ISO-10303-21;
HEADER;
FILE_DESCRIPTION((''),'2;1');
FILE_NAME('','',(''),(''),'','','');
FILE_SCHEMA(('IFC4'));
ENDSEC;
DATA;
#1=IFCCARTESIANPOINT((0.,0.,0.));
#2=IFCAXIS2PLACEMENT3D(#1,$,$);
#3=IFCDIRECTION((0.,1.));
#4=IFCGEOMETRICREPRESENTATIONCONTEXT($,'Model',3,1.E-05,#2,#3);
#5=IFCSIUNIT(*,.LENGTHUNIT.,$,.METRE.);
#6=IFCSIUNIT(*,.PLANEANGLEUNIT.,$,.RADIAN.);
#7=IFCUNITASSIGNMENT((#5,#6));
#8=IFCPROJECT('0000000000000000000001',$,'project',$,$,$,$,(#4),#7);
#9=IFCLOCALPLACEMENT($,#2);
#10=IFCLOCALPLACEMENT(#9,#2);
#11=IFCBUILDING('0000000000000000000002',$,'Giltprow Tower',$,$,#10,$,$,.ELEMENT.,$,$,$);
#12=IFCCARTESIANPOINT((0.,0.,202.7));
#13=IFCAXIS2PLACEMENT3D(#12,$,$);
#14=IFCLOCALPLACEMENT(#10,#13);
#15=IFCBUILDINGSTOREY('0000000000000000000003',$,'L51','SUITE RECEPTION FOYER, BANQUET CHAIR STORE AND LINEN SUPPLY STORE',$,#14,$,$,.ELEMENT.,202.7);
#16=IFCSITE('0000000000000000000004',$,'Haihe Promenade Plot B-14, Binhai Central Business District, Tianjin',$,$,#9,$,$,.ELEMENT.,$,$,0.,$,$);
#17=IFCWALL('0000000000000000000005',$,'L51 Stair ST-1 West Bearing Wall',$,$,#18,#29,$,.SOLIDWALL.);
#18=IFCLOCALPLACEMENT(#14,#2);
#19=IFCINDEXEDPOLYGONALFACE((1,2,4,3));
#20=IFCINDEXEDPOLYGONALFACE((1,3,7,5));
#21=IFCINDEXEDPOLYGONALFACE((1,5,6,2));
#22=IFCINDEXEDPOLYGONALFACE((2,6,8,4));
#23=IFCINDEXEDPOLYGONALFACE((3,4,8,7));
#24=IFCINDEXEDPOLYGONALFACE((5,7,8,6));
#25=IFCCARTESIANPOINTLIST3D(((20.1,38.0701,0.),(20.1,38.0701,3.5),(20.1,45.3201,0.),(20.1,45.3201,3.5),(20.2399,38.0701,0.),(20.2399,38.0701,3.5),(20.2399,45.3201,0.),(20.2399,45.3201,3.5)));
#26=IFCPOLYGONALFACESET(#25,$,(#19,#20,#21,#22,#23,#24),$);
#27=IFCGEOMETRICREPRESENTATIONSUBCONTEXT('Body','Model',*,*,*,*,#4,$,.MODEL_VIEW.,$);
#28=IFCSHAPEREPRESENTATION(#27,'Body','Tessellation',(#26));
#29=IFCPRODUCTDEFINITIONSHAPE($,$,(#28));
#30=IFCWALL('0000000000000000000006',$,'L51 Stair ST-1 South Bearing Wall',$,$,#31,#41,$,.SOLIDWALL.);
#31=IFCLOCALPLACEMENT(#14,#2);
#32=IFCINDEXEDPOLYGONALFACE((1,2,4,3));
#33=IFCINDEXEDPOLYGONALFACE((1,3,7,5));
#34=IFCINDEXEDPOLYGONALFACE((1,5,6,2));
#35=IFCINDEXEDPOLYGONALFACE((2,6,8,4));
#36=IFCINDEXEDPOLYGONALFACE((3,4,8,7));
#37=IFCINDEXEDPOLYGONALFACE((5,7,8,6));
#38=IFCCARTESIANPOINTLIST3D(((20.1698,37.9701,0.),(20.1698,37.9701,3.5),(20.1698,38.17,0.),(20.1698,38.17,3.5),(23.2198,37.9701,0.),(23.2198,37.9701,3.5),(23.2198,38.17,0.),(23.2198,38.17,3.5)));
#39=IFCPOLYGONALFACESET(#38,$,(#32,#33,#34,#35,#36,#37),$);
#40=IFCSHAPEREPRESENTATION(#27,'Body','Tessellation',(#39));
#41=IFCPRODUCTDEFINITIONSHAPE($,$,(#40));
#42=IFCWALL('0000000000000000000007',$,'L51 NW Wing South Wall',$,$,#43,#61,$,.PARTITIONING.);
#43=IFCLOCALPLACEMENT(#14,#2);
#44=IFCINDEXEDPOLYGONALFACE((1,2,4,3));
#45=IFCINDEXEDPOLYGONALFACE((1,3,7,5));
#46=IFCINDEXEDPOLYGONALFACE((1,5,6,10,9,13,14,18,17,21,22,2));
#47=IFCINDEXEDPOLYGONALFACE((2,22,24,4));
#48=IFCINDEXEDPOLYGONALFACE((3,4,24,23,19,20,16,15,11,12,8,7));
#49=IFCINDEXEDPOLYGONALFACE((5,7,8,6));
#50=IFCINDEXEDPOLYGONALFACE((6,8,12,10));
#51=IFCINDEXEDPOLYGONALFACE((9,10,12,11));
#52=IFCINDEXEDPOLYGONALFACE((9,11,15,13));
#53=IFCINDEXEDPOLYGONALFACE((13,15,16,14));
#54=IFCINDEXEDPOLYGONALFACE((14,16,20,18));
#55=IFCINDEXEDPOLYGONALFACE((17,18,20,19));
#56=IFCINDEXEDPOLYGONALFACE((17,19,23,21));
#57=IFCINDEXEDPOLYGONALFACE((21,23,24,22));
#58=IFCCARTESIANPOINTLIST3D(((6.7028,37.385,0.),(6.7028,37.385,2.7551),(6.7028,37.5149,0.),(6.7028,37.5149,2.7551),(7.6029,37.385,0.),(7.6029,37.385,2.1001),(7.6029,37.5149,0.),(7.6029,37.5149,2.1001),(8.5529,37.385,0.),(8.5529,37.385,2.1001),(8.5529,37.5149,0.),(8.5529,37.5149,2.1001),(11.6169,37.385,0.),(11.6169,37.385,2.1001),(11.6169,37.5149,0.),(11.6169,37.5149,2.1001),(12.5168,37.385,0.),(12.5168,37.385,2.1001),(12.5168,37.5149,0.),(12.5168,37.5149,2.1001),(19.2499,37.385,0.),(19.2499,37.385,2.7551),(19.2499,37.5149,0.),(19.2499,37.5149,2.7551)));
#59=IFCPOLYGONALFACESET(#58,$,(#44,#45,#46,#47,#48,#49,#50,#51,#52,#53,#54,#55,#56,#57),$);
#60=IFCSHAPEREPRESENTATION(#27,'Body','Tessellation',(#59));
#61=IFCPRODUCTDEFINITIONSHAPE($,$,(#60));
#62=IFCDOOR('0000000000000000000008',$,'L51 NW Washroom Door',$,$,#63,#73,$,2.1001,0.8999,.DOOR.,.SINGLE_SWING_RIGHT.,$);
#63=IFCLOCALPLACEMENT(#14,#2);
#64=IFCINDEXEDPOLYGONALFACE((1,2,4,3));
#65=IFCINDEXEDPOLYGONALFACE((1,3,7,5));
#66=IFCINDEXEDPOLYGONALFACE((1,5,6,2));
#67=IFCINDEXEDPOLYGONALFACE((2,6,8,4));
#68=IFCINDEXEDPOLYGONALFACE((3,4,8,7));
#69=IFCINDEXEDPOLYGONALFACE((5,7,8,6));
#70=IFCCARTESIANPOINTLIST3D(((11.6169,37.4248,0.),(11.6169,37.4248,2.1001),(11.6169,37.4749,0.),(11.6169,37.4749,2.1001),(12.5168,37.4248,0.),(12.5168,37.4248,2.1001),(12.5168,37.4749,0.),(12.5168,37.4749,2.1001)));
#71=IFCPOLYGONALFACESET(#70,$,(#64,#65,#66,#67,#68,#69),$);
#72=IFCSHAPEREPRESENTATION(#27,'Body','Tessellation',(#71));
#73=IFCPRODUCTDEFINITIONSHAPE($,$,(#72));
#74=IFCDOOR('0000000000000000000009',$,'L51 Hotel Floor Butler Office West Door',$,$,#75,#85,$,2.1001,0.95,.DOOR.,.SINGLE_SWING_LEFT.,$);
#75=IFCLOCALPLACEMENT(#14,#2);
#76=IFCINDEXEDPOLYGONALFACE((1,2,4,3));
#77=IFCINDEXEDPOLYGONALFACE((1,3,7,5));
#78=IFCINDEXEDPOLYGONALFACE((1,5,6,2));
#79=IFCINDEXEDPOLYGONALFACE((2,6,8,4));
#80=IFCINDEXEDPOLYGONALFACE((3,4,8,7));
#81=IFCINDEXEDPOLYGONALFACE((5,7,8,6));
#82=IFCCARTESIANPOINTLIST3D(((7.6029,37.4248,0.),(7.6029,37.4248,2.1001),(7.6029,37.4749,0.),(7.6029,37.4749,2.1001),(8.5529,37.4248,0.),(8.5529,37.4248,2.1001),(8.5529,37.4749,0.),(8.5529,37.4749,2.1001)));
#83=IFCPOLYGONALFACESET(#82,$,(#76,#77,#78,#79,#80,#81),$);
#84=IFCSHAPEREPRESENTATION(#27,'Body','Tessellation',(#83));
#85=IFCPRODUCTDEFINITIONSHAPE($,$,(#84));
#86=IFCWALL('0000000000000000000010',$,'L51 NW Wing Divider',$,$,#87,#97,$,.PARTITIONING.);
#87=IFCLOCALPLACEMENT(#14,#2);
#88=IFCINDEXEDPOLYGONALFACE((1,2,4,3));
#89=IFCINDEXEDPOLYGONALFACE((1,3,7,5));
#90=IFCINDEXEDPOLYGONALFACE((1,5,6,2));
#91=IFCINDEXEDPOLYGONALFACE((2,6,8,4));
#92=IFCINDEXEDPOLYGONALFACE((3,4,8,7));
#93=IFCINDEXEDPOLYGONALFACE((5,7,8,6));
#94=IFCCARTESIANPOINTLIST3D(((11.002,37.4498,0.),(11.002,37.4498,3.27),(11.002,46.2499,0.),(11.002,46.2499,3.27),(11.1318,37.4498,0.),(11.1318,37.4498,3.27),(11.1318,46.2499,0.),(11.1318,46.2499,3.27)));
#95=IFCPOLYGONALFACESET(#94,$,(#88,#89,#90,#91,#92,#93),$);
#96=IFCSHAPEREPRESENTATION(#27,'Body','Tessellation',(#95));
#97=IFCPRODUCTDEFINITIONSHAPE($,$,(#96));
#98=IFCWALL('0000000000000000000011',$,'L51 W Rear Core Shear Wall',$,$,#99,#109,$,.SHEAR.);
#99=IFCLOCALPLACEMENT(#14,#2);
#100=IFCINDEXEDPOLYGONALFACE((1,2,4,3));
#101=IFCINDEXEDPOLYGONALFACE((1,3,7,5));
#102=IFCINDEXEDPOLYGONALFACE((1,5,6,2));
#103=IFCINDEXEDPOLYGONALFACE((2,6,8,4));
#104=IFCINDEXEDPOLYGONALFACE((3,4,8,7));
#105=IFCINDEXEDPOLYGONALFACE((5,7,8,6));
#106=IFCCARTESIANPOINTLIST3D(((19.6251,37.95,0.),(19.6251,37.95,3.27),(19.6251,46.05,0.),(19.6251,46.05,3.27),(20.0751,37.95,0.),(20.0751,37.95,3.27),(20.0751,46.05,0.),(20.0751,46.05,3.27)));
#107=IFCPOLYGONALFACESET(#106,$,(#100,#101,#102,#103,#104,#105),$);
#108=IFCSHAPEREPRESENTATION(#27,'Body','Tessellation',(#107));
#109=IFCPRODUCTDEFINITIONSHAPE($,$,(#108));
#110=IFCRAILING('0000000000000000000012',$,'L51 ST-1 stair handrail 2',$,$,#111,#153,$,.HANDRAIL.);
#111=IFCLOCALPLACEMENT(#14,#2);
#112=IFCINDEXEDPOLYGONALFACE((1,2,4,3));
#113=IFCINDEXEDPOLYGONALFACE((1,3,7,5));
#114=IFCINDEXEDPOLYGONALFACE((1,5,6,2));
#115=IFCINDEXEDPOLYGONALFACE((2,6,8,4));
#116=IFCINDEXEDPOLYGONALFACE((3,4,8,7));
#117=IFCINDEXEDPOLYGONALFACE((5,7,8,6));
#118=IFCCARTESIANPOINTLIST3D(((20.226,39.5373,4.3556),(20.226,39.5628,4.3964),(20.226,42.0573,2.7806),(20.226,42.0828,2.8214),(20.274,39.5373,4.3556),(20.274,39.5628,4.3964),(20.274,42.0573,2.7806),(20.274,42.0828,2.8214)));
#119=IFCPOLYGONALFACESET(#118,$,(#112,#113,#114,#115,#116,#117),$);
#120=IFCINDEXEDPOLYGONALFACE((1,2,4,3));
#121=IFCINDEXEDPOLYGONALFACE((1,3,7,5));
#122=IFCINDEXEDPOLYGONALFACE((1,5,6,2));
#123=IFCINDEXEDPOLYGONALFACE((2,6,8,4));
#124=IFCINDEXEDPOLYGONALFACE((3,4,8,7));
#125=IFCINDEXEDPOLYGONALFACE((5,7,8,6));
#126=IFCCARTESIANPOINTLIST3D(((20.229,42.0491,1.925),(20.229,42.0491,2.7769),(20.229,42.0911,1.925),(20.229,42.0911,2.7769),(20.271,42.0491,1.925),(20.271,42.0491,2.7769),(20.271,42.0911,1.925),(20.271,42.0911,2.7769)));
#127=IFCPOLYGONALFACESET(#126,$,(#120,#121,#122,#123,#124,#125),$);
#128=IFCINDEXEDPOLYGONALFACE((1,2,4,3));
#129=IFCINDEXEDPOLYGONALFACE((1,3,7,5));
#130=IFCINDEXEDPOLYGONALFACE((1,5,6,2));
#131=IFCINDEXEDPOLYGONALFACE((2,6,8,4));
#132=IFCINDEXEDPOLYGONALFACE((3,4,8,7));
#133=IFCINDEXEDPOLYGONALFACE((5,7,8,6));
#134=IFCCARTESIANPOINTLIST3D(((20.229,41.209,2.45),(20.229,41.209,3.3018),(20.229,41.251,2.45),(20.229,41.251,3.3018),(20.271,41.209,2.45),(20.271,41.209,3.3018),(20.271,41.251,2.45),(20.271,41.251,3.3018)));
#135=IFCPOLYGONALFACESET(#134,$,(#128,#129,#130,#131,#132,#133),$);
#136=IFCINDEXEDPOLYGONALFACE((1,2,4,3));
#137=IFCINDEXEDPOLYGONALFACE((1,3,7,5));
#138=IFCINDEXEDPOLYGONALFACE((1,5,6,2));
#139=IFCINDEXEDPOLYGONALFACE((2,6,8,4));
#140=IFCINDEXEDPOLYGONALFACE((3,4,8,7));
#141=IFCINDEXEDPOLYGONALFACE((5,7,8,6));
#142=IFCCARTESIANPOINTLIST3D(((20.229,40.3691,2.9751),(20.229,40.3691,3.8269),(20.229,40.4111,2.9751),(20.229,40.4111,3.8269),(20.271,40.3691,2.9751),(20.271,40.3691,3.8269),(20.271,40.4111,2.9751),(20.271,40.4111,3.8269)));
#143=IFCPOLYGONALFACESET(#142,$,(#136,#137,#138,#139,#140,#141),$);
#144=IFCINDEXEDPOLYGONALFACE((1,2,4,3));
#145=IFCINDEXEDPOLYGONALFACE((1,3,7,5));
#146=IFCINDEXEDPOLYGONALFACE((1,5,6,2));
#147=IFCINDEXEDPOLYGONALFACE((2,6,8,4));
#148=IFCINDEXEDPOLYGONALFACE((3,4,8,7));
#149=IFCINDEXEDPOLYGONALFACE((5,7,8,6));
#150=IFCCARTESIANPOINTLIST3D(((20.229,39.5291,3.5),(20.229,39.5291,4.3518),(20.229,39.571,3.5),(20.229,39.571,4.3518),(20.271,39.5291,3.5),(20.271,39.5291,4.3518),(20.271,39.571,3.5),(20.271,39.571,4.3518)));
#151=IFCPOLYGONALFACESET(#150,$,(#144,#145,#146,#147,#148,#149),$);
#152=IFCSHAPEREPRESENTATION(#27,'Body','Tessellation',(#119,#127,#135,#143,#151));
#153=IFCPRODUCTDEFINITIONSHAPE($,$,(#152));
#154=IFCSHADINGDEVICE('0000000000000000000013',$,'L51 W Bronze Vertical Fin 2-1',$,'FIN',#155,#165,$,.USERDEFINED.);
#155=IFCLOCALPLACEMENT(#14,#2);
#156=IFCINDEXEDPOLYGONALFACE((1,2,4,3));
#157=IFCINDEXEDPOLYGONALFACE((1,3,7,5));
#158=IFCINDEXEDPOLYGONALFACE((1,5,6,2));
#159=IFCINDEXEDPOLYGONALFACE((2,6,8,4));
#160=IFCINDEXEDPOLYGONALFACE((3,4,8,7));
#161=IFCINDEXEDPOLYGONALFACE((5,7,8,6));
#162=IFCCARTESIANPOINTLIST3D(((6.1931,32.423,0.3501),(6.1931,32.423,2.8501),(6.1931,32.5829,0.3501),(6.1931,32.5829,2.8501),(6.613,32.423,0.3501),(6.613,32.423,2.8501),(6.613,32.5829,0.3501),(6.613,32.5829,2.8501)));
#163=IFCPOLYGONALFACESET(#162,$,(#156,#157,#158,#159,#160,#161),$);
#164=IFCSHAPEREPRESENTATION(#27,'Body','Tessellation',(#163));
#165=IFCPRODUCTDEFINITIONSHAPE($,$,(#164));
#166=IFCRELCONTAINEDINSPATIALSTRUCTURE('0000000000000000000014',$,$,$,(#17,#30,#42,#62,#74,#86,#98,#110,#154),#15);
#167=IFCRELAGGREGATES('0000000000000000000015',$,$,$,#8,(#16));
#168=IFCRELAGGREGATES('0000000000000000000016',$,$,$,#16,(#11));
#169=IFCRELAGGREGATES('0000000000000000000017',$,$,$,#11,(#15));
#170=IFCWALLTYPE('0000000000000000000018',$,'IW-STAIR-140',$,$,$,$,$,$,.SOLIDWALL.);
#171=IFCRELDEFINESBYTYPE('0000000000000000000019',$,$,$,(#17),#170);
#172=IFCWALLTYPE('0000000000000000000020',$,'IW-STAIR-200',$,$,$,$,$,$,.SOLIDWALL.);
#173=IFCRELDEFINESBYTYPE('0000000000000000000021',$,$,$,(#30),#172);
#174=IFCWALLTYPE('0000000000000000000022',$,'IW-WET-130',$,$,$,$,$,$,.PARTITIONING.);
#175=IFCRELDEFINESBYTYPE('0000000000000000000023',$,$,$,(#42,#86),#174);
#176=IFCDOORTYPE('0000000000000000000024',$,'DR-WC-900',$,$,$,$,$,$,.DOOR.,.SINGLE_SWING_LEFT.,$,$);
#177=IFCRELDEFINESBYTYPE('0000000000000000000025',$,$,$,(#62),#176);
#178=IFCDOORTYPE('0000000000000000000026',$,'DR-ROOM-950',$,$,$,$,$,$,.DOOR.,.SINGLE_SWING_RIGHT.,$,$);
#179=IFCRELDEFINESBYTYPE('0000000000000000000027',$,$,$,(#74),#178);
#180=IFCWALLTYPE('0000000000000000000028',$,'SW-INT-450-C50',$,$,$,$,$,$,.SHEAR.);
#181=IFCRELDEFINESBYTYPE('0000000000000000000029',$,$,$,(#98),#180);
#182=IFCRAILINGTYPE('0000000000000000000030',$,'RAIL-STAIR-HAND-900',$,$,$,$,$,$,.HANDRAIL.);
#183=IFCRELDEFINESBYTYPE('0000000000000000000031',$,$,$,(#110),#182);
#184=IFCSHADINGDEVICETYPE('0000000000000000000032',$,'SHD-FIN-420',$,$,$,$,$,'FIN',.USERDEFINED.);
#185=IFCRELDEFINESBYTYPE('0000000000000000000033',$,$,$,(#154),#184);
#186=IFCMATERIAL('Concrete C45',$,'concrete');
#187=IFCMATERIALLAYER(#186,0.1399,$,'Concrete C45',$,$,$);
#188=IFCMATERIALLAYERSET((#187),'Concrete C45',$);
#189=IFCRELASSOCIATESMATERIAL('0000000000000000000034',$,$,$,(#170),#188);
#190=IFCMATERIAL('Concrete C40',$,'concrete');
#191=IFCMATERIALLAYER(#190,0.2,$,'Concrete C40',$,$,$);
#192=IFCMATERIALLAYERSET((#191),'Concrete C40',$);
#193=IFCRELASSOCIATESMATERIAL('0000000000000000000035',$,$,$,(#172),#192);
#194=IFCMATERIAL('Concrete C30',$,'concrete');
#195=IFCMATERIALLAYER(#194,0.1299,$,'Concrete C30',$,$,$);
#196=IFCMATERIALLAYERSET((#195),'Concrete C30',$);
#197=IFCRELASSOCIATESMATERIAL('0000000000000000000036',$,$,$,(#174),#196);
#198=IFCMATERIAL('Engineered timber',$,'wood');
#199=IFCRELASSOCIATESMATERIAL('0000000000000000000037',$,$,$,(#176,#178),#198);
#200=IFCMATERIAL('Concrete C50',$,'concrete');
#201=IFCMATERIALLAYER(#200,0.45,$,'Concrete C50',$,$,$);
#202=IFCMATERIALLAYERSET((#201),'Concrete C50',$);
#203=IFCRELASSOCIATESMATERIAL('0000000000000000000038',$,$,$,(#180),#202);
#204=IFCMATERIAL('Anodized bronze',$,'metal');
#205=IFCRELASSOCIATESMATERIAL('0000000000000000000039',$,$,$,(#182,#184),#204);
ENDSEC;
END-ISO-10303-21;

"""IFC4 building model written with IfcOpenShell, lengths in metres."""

from ifc_helpers import new_model, si_unit, direction, frame, frame_2d, origin, origin_2d, place, context, subcontext, project, spatial, rectangle, extrude, source, transform, mapped, material, layer, layer_set, type_object, element, fill, save


model = new_model("IFC4")

# Units and contexts
model_context = context("Model", 3, precision=1e-05, world=origin(), true_north=direction((0.0, 1.0)))
body_context = subcontext(model_context, "Body", "Model", "MODEL_VIEW")
ifc_project = project(units=[si_unit("LENGTHUNIT", "METRE"), si_unit("PLANEANGLEUNIT", "RADIAN")], contexts=[model_context])

# Site, building, storey
site_placement = place(None, origin())
site = spatial("IfcSite", under=ifc_project, at=site_placement, Name="Haihe Promenade Plot B-14, Binhai Central Business District, Tianjin", CompositionType="ELEMENT", RefElevation=0.0)
building_placement = place(site_placement, origin())
building = spatial("IfcBuilding", under=site, at=building_placement, Name="Giltprow Tower", CompositionType="ELEMENT")
storey_placement = place(building_placement, frame((0.0, 0.0, 202.7)))
storey = spatial("IfcBuildingStorey", under=building, at=storey_placement, Name="L51", Description="SUITE RECEPTION FOYER, BANQUET CHAIR STORE AND LINEN SUPPLY STORE", CompositionType="ELEMENT", Elevation=202.7)

# Shared definitions
ifc_material_1 = material(Name="Concrete C50", Category="concrete")

# Shared definitions
ifc_material_2 = material(Name="Engineered timber", Category="wood")

# Walls
ifc_material_3 = material(Name="Concrete C45", Category="concrete")
ifc_layer_1 = layer(ifc_material_3, 0.1399, Name="Concrete C45")
ifc_layer_set_1 = layer_set([ifc_layer_1], Name="Concrete C45")
wall_type_1 = type_object("IfcWallType", Name="IW-STAIR-140", PredefinedType="SOLIDWALL", material=ifc_layer_set_1)
wall_1_placement = place(storey_placement, frame((20.1699, 38.0701, 0.0), z_axis=(0.0, 0.0, 1.0), x_axis=(0.0, 1.0, 0.0)))
element("IfcWall", 1, at=wall_1_placement, inside=storey, type_object=wall_type_1, Name="L51 Stair ST-1 West Bearing Wall", PredefinedType="SOLIDWALL", context=body_context, shape_type="SweptSolid", body=[
    extrude(rectangle(XDim=7.25, YDim=0.1399, at=frame_2d((3.625, 0.0))), origin(), (0.0, 0.0, 1.0), 3.5),
])
ifc_material_4 = material(Name="Concrete C40", Category="concrete")
ifc_layer_2 = layer(ifc_material_4, 0.2, Name="Concrete C40")
ifc_layer_set_2 = layer_set([ifc_layer_2], Name="Concrete C40")
wall_type_2 = type_object("IfcWallType", Name="IW-STAIR-200", PredefinedType="SOLIDWALL", material=ifc_layer_set_2)
wall_2_placement = place(storey_placement, frame((20.1699, 38.0701, 0.0), z_axis=(0.0, 0.0, 1.0), x_axis=(1.0, 0.0, 0.0)))
element("IfcWall", 2, at=wall_2_placement, inside=storey, type_object=wall_type_2, Name="L51 Stair ST-1 South Bearing Wall", PredefinedType="SOLIDWALL", context=body_context, shape_type="SweptSolid", body=[
    extrude(rectangle(XDim=3.05, YDim=0.2, at=frame_2d((1.5249, 0.0))), origin(), (0.0, 0.0, 1.0), 3.5),
])

# Wall, openings, doors
ifc_material_5 = material(Name="Concrete C30", Category="concrete")
ifc_layer_3 = layer(ifc_material_5, 0.1299, Name="Concrete C30")
ifc_layer_set_3 = layer_set([ifc_layer_3], Name="Concrete C30")
wall_type_3 = type_object("IfcWallType", Name="IW-WET-130", PredefinedType="PARTITIONING", material=ifc_layer_set_3)
wall_3_placement = place(storey_placement, frame((6.7029, 37.45, 0.0), z_axis=(0.0, 0.0, 1.0), x_axis=(1.0, 0.0, 0.0)))
wall_3 = element("IfcWall", 3, at=wall_3_placement, inside=storey, type_object=wall_type_3, Name="L51 NW Wing South Wall", PredefinedType="PARTITIONING", context=body_context, shape_type="SweptSolid", body=[
    extrude(rectangle(XDim=12.5471, YDim=0.1299, at=frame_2d((6.2734, 0.0))), origin(), (0.0, 0.0, 1.0), 2.7551),
])
opening_1_placement = place(wall_3_placement, frame((0.8999, 0.0, 0.0)))
opening_1 = element("IfcOpeningElement", 4, at=opening_1_placement, cuts=wall_3, PredefinedType="OPENING", context=body_context, shape_type="SweptSolid", body=[
    extrude(rectangle(XDim=0.95, YDim=2.1001, at=frame_2d((0.4751, 1.05))), frame((0.0, 0.075, 0.0), z_axis=(0.0, -1.0, 0.0), x_axis=(1.0, 0.0, 0.0)), (0.0, 0.0, 1.0), 0.1499),
])
opening_2_placement = place(wall_3_placement, frame((4.9141, 0.0, 0.0)))
opening_2 = element("IfcOpeningElement", 5, at=opening_2_placement, cuts=wall_3, PredefinedType="OPENING", context=body_context, shape_type="SweptSolid", body=[
    extrude(rectangle(XDim=0.8999, YDim=2.1001, at=frame_2d((0.45, 1.05))), frame((0.0, 0.075, 0.0), z_axis=(0.0, -1.0, 0.0), x_axis=(1.0, 0.0, 0.0)), (0.0, 0.0, 1.0), 0.1499),
])
door_type_1 = type_object("IfcDoorType", Name="DR-WC-900", OperationType="SINGLE_SWING_LEFT", PredefinedType="DOOR", material=ifc_material_2)
shared_shape_1 = source(origin(), body_context, "Body", "SweptSolid", [
    extrude(rectangle(XDim=0.8999, YDim=2.1001, at=frame_2d((0.45, 1.05))), frame((0.0, 0.0249, 0.0), z_axis=(0.0, -1.0, 0.0), x_axis=(1.0, 0.0, 0.0)), (0.0, 0.0, 1.0), 0.05),
])
door_1_placement = place(opening_2_placement, origin())
door_1 = element("IfcDoor", 6, at=door_1_placement, inside=storey, type_object=door_type_1, Name="L51 NW Washroom Door", OperationType="SINGLE_SWING_RIGHT", OverallHeight=2.1001, OverallWidth=0.8999, PredefinedType="DOOR", context=body_context, shape_type="MappedRepresentation", body=[
    mapped(shared_shape_1, transform((0.0, 0.0, 0.0), x_axis=(1.0, 0.0, 0.0), y_axis=(0.0, 1.0, 0.0), z_axis=(0.0, 0.0, 1.0), scale=1.0)),
])
fill(opening_2, door_1)
door_type_2 = type_object("IfcDoorType", Name="DR-ROOM-950", OperationType="SINGLE_SWING_RIGHT", PredefinedType="DOOR", material=ifc_material_2)
shared_shape_2 = source(origin(), body_context, "Body", "SweptSolid", [
    extrude(rectangle(XDim=0.95, YDim=2.1001, at=frame_2d((0.4751, 1.05))), frame((0.0, 0.0249, 0.0), z_axis=(0.0, -1.0, 0.0), x_axis=(1.0, 0.0, 0.0)), (0.0, 0.0, 1.0), 0.05),
])
door_2_placement = place(opening_1_placement, origin())
door_2 = element("IfcDoor", 7, at=door_2_placement, inside=storey, type_object=door_type_2, Name="L51 Hotel Floor Butler Office West Door", OperationType="SINGLE_SWING_LEFT", OverallHeight=2.1001, OverallWidth=0.95, PredefinedType="DOOR", context=body_context, shape_type="MappedRepresentation", body=[
    mapped(shared_shape_2, transform((0.0, 0.0, 0.0), x_axis=(1.0, 0.0, 0.0), y_axis=(0.0, 1.0, 0.0), z_axis=(0.0, 0.0, 1.0), scale=1.0)),
])
fill(opening_1, door_2)

# Walls
wall_4_placement = place(storey_placement, frame((11.0669, 37.45, 0.0), z_axis=(0.0, 0.0, 1.0), x_axis=(0.0, 1.0, 0.0)))
element("IfcWall", 8, at=wall_4_placement, inside=storey, type_object=wall_type_3, Name="L51 NW Wing Divider", PredefinedType="PARTITIONING", context=body_context, shape_type="SweptSolid", body=[
    extrude(rectangle(XDim=8.8, YDim=0.1299, at=frame_2d((4.3999, 0.0))), origin(), (0.0, 0.0, 1.0), 3.27),
])
ifc_layer_4 = layer(ifc_material_1, 0.45, Name="Concrete C50")
ifc_layer_set_4 = layer_set([ifc_layer_4], Name="Concrete C50")
wall_type_4 = type_object("IfcWallType", Name="SW-INT-450-C50", PredefinedType="SHEAR", material=ifc_layer_set_4)
wall_5_placement = place(storey_placement, frame((19.8501, 37.95, 0.0), z_axis=(0.0, 0.0, 1.0), x_axis=(0.0, 1.0, 0.0)))
element("IfcWall", 9, at=wall_5_placement, inside=storey, type_object=wall_type_4, Name="L51 W Rear Core Shear Wall", PredefinedType="SHEAR", context=body_context, shape_type="SweptSolid", body=[
    extrude(rectangle(XDim=8.1001, YDim=0.45, at=frame_2d((4.05, 0.0))), origin(), (0.0, 0.0, 1.0), 3.27),
])

# Railing
ifc_material_6 = material(Name="Anodized bronze", Category="metal")
railing_type = type_object("IfcRailingType", Name="RAIL-STAIR-HAND-900", PredefinedType="HANDRAIL", material=ifc_material_6)
railing_placement = place(storey_placement, frame((20.25, 42.0701, 1.925)))
element("IfcRailing", 10, at=railing_placement, inside=storey, type_object=railing_type, Name="L51 ST-1 stair handrail 2", PredefinedType="HANDRAIL", context=body_context, shape_type="SweptSolid", body=[
    extrude(rectangle(XDim=0.0481, YDim=0.0481, at=origin_2d()), frame((0.0, 0.0, 0.876), z_axis=(0.0, -0.848008, 0.529984), x_axis=(1.0, 0.0, 0.0)), (0.0, 0.0, 1.0), 2.9717),
    extrude(rectangle(XDim=0.042, YDim=0.042, at=origin_2d()), origin(), (0.0, 0.0, 1.0), 0.8518),
    extrude(rectangle(XDim=0.042, YDim=0.042, at=origin_2d()), frame((0.0, -0.8401, 0.5249)), (0.0, 0.0, 1.0), 0.8518),
    extrude(rectangle(XDim=0.042, YDim=0.042, at=origin_2d()), frame((0.0, -1.6799, 1.05)), (0.0, 0.0, 1.0), 0.8518),
    extrude(rectangle(XDim=0.042, YDim=0.042, at=origin_2d()), frame((0.0, -2.52, 1.575)), (0.0, 0.0, 1.0), 0.8518),
])

# Shading device
shading_device_type = type_object("IfcShadingDeviceType", Name="SHD-FIN-420", ElementType="FIN", PredefinedType="USERDEFINED", material=ifc_material_6)
shared_shape_3 = source(origin(), body_context, "Body", "SweptSolid", [
    extrude(rectangle(XDim=0.4199, YDim=0.1599, at=origin_2d()), origin(), (0.0, 0.0, 1.0), 2.5),
])
shading_device_placement = place(storey_placement, frame((6.4031, 32.5029, 0.3501), z_axis=(0.0, 0.0, 1.0), x_axis=(1.0, 0.0, 0.0)))
element("IfcShadingDevice", 11, at=shading_device_placement, inside=storey, type_object=shading_device_type, Name="L51 W Bronze Vertical Fin 2-1", ObjectType="FIN", PredefinedType="USERDEFINED", context=body_context, shape_type="MappedRepresentation", body=[
    mapped(shared_shape_3, transform((0.0, 0.0, 0.0), x_axis=(1.0, 0.0, 0.0), y_axis=(0.0, 1.0, 0.0), z_axis=(0.0, 0.0, 1.0), scale=1.0)),
])

save(model, "model.ifc")
